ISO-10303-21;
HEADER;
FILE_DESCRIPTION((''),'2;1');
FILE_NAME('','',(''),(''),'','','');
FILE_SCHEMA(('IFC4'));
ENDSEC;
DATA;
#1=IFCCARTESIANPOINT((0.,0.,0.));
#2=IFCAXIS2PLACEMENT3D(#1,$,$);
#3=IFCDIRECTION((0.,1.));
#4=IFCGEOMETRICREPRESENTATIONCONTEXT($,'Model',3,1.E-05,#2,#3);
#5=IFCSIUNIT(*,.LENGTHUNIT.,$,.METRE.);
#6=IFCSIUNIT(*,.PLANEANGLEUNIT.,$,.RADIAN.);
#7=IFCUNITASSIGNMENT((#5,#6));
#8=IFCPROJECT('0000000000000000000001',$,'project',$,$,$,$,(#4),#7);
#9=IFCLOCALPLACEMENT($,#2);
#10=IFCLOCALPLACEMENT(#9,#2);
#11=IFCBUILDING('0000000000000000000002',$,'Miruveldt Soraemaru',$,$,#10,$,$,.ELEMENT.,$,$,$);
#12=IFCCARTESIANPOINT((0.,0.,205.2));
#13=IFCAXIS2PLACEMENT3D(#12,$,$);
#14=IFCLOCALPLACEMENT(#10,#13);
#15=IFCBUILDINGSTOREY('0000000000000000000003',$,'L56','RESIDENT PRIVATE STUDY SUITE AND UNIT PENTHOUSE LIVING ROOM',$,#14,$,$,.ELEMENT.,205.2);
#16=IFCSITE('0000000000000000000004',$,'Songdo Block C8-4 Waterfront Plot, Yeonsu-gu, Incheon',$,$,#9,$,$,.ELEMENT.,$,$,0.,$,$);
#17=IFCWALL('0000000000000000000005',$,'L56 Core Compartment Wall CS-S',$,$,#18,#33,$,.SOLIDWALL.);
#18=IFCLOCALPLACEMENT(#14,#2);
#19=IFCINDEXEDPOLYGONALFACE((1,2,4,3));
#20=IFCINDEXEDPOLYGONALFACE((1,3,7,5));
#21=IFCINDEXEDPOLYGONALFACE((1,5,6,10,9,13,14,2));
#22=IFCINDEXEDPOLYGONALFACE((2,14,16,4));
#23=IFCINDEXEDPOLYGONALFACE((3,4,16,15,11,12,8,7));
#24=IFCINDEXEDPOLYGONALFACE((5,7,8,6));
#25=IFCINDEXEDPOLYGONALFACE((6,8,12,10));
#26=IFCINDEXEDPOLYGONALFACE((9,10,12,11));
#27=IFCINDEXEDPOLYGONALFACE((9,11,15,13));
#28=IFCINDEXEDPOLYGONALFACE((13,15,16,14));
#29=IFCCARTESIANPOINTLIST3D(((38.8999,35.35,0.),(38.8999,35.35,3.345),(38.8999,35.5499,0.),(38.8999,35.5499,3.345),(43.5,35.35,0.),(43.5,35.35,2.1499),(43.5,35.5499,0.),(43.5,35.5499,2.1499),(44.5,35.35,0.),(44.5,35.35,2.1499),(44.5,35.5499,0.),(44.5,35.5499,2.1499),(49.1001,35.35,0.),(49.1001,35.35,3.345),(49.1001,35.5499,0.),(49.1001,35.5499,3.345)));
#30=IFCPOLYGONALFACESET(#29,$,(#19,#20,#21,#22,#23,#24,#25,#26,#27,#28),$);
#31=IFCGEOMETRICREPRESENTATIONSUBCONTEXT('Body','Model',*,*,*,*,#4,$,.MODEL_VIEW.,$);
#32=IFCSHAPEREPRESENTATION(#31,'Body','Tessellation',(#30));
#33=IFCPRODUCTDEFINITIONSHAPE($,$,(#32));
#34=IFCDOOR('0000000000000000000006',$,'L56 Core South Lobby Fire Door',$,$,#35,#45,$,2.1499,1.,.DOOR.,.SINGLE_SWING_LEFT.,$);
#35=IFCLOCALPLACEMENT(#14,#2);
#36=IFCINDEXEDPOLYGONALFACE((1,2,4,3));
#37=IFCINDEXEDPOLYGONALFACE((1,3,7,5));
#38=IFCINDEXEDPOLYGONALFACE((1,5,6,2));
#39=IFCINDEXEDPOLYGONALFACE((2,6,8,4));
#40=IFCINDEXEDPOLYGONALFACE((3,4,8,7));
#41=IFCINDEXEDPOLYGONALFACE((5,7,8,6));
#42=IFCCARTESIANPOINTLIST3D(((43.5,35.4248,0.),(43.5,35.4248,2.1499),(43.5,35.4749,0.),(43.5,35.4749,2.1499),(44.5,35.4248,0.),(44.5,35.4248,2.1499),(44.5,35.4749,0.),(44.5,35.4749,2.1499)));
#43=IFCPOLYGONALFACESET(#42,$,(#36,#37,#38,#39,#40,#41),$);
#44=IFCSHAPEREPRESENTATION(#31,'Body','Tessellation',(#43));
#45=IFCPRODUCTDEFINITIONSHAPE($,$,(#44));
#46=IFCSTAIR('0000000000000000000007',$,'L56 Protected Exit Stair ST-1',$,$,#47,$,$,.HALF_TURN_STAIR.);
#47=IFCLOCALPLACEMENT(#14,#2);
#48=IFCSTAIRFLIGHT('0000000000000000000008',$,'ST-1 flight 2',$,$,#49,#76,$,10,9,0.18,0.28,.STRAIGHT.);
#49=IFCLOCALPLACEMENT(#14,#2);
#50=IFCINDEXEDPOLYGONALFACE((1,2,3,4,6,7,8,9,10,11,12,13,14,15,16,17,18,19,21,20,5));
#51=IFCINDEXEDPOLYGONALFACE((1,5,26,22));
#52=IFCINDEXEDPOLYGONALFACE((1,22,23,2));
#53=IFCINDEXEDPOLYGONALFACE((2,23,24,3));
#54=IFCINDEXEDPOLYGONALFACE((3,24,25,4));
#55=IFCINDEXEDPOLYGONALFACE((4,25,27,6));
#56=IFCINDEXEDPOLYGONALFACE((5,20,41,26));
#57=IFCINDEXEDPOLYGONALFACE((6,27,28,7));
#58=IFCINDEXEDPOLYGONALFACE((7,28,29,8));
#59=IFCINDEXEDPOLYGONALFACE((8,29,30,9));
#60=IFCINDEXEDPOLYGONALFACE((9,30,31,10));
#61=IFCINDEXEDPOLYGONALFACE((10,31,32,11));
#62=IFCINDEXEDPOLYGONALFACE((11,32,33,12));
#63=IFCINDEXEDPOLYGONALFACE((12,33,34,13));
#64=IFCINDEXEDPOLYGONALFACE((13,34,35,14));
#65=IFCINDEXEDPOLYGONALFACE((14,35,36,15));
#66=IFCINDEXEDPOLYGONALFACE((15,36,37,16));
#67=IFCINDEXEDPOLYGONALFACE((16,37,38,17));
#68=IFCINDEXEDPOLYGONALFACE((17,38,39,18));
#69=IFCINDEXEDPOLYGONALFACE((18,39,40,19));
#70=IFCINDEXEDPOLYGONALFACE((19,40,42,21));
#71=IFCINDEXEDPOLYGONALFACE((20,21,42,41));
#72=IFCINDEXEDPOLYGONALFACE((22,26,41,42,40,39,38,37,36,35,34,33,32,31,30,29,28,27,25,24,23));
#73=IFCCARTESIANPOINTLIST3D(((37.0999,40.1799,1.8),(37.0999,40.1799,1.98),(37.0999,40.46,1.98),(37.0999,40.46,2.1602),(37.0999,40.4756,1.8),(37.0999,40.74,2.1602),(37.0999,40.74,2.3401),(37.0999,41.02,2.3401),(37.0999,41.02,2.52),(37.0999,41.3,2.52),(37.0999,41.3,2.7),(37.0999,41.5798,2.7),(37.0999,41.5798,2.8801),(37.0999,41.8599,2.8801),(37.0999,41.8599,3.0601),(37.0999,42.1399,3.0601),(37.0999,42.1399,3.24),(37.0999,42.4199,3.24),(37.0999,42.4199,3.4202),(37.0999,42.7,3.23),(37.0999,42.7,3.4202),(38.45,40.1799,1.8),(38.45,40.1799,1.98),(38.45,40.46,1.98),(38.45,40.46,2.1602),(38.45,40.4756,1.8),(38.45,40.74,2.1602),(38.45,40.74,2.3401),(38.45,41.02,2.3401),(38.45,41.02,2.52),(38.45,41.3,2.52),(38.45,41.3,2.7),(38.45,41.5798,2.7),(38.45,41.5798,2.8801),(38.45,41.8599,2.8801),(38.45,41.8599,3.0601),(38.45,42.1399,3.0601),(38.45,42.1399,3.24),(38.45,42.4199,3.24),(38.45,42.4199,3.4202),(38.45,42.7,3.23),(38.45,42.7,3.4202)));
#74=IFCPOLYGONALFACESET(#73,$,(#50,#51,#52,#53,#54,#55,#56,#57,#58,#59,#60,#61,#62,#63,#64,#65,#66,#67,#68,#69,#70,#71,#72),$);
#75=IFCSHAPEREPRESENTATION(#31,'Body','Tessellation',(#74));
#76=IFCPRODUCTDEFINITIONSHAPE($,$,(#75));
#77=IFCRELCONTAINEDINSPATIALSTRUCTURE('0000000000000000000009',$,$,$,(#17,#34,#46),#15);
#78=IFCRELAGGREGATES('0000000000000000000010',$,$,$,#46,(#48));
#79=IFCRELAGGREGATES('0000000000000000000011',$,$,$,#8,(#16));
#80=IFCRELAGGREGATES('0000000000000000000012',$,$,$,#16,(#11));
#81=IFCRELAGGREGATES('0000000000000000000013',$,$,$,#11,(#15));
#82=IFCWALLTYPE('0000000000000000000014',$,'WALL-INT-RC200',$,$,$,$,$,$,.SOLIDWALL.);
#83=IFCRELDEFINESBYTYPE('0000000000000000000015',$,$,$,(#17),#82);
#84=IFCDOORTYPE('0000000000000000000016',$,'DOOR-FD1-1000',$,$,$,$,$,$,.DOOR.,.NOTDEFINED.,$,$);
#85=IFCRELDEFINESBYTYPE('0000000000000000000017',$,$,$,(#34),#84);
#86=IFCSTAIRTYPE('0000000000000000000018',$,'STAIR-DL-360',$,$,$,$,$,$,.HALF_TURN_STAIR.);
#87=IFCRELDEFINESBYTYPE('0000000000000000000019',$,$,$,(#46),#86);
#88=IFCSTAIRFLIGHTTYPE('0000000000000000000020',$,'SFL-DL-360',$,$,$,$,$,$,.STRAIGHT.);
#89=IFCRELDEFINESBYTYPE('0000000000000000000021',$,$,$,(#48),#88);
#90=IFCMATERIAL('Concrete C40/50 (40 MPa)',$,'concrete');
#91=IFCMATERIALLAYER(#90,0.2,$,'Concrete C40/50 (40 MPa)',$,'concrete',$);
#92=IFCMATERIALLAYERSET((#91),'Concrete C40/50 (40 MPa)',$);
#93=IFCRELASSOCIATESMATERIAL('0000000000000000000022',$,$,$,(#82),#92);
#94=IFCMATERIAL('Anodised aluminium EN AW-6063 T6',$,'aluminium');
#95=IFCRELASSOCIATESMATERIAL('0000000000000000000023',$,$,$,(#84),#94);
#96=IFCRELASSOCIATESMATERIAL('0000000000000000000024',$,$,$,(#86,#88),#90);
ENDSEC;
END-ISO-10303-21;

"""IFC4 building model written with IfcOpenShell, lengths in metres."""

from ifc_helpers import new_model, si_unit, direction, frame, frame_2d, origin, place, context, subcontext, project, spatial, polyline, rectangle, outline, extrude, material, layer, layer_set, type_object, element, fill, aggregate, save


model = new_model("IFC4")

# Units and contexts
model_context = context("Model", 3, precision=1e-05, world=origin(), true_north=direction((0.0, 1.0)))
body_context = subcontext(model_context, "Body", "Model", "MODEL_VIEW")
ifc_project = project(units=[si_unit("LENGTHUNIT", "METRE"), si_unit("PLANEANGLEUNIT", "RADIAN")], contexts=[model_context])

# Site, building, storey
site_placement = place(None, origin())
site = spatial("IfcSite", under=ifc_project, at=site_placement, Name="Songdo Block C8-4 Waterfront Plot, Yeonsu-gu, Incheon", CompositionType="ELEMENT", RefElevation=0.0)
building_placement = place(site_placement, origin())
building = spatial("IfcBuilding", under=site, at=building_placement, Name="Miruveldt Soraemaru", CompositionType="ELEMENT")
storey_placement = place(building_placement, frame((0.0, 0.0, 205.2)))
storey = spatial("IfcBuildingStorey", under=building, at=storey_placement, Name="L56", Description="RESIDENT PRIVATE STUDY SUITE AND UNIT PENTHOUSE LIVING ROOM", CompositionType="ELEMENT", Elevation=205.2)

# Shared definitions
ifc_material_1 = material(Name="Anodised aluminium EN AW-6063 T6", Category="aluminium")

# Shared definitions
ifc_material_2 = material(Name="Concrete C40/50 (40 MPa)", Category="concrete")

# Wall, opening, door
ifc_layer_1 = layer(ifc_material_2, 0.2, Name="Concrete C40/50 (40 MPa)", Category="concrete")
ifc_layer_set_1 = layer_set([ifc_layer_1], Name="Concrete C40/50 (40 MPa)")
wall_type_1 = type_object("IfcWallType", Name="WALL-INT-RC200", PredefinedType="SOLIDWALL", material=ifc_layer_set_1)
wall_1_placement = place(storey_placement, frame((38.8999, 35.45, 0.0), z_axis=(0.0, 0.0, 1.0), x_axis=(1.0, 0.0, 0.0)))
wall_1 = element("IfcWall", 1, at=wall_1_placement, inside=storey, type_object=wall_type_1, Name="L56 Core Compartment Wall CS-S", PredefinedType="SOLIDWALL", context=body_context, shape_type="SweptSolid", body=[
    extrude(rectangle(XDim=10.2002, YDim=0.2, at=frame_2d((5.1001, 0.0))), origin(), (0.0, 0.0, 1.0), 3.345),
])
opening_1_placement = place(wall_1_placement, frame((4.6001, 0.0, 0.0)))
opening_1 = element("IfcOpeningElement", 2, at=opening_1_placement, cuts=wall_1, PredefinedType="OPENING", context=body_context, shape_type="SweptSolid", body=[
    extrude(rectangle(XDim=1.0, YDim=2.1499, at=frame_2d((0.5, 1.075))), frame((0.0, 0.1099, 0.0), z_axis=(0.0, -1.0, 0.0), x_axis=(1.0, 0.0, 0.0)), (0.0, 0.0, 1.0), 0.22),
])
door_type_1 = type_object("IfcDoorType", Name="DOOR-FD1-1000", OperationType="NOTDEFINED", PredefinedType="DOOR", material=ifc_material_1)
door_1_placement = place(opening_1_placement, origin())
door_1 = element("IfcDoor", 3, at=door_1_placement, inside=storey, type_object=door_type_1, Name="L56 Core South Lobby Fire Door", OperationType="SINGLE_SWING_LEFT", OverallHeight=2.1499, OverallWidth=1.0, PredefinedType="DOOR", context=body_context, shape_type="SweptSolid", body=[
    extrude(rectangle(XDim=1.0, YDim=2.1499, at=frame_2d((0.5, 1.075))), frame((0.0, 0.0249, 0.0), z_axis=(0.0, -1.0, 0.0), x_axis=(1.0, 0.0, 0.0)), (0.0, 0.0, 1.0), 0.05),
])
fill(opening_1, door_1)

# Stair, stair flight
stair_type = type_object("IfcStairType", Name="STAIR-DL-360", PredefinedType="HALF_TURN_STAIR", material=ifc_material_2)
stair_placement = place(storey_placement, origin())
stair = element("IfcStair", 4, at=stair_placement, inside=storey, type_object=stair_type, Name="L56 Protected Exit Stair ST-1", PredefinedType="HALF_TURN_STAIR")
stair_flight_type = type_object("IfcStairFlightType", Name="SFL-DL-360", PredefinedType="STRAIGHT", material=ifc_material_2)
stair_flight_placement = place(storey_placement, frame((37.7749, 40.1799, 1.8), z_axis=(0.0, 0.0, 1.0), x_axis=(0.0, 1.0, 0.0)))
stair_flight = element("IfcStairFlight", 5, at=stair_flight_placement, type_object=stair_flight_type, Name="ST-1 flight 2", NumberOfRisers=10, NumberOfTreads=9, PredefinedType="STRAIGHT", RiserHeight=0.18, TreadLength=0.28, context=body_context, shape_type="SweptSolid", body=[
    extrude(outline(polyline([(0.0, 0.0), (0.0, 0.1799), (0.28, 0.1799), (0.28, 0.3601), (0.5601, 0.3601), (0.5601, 0.54), (0.8401, 0.54), (0.8401, 0.72), (1.1201, 0.72), (1.1201, 0.8999), (1.3999, 0.8999), (1.3999, 1.0801), (1.6799, 1.0801), (1.6799, 1.26), (1.96, 1.26), (1.96, 1.4399), (2.24, 1.4399), (2.24, 1.6201), (2.52, 1.6201), (2.52, 1.8), (2.52, 1.4299), (0.2957, 0.0), (0.0, 0.0)])), frame((0.0, 0.675, 0.0), z_axis=(0.0, -1.0, 0.0), x_axis=(1.0, 0.0, 0.0)), (0.0, 0.0, 1.0), 1.3501),
])
aggregate(stair, [stair_flight])

save(model, "model.ifc")
